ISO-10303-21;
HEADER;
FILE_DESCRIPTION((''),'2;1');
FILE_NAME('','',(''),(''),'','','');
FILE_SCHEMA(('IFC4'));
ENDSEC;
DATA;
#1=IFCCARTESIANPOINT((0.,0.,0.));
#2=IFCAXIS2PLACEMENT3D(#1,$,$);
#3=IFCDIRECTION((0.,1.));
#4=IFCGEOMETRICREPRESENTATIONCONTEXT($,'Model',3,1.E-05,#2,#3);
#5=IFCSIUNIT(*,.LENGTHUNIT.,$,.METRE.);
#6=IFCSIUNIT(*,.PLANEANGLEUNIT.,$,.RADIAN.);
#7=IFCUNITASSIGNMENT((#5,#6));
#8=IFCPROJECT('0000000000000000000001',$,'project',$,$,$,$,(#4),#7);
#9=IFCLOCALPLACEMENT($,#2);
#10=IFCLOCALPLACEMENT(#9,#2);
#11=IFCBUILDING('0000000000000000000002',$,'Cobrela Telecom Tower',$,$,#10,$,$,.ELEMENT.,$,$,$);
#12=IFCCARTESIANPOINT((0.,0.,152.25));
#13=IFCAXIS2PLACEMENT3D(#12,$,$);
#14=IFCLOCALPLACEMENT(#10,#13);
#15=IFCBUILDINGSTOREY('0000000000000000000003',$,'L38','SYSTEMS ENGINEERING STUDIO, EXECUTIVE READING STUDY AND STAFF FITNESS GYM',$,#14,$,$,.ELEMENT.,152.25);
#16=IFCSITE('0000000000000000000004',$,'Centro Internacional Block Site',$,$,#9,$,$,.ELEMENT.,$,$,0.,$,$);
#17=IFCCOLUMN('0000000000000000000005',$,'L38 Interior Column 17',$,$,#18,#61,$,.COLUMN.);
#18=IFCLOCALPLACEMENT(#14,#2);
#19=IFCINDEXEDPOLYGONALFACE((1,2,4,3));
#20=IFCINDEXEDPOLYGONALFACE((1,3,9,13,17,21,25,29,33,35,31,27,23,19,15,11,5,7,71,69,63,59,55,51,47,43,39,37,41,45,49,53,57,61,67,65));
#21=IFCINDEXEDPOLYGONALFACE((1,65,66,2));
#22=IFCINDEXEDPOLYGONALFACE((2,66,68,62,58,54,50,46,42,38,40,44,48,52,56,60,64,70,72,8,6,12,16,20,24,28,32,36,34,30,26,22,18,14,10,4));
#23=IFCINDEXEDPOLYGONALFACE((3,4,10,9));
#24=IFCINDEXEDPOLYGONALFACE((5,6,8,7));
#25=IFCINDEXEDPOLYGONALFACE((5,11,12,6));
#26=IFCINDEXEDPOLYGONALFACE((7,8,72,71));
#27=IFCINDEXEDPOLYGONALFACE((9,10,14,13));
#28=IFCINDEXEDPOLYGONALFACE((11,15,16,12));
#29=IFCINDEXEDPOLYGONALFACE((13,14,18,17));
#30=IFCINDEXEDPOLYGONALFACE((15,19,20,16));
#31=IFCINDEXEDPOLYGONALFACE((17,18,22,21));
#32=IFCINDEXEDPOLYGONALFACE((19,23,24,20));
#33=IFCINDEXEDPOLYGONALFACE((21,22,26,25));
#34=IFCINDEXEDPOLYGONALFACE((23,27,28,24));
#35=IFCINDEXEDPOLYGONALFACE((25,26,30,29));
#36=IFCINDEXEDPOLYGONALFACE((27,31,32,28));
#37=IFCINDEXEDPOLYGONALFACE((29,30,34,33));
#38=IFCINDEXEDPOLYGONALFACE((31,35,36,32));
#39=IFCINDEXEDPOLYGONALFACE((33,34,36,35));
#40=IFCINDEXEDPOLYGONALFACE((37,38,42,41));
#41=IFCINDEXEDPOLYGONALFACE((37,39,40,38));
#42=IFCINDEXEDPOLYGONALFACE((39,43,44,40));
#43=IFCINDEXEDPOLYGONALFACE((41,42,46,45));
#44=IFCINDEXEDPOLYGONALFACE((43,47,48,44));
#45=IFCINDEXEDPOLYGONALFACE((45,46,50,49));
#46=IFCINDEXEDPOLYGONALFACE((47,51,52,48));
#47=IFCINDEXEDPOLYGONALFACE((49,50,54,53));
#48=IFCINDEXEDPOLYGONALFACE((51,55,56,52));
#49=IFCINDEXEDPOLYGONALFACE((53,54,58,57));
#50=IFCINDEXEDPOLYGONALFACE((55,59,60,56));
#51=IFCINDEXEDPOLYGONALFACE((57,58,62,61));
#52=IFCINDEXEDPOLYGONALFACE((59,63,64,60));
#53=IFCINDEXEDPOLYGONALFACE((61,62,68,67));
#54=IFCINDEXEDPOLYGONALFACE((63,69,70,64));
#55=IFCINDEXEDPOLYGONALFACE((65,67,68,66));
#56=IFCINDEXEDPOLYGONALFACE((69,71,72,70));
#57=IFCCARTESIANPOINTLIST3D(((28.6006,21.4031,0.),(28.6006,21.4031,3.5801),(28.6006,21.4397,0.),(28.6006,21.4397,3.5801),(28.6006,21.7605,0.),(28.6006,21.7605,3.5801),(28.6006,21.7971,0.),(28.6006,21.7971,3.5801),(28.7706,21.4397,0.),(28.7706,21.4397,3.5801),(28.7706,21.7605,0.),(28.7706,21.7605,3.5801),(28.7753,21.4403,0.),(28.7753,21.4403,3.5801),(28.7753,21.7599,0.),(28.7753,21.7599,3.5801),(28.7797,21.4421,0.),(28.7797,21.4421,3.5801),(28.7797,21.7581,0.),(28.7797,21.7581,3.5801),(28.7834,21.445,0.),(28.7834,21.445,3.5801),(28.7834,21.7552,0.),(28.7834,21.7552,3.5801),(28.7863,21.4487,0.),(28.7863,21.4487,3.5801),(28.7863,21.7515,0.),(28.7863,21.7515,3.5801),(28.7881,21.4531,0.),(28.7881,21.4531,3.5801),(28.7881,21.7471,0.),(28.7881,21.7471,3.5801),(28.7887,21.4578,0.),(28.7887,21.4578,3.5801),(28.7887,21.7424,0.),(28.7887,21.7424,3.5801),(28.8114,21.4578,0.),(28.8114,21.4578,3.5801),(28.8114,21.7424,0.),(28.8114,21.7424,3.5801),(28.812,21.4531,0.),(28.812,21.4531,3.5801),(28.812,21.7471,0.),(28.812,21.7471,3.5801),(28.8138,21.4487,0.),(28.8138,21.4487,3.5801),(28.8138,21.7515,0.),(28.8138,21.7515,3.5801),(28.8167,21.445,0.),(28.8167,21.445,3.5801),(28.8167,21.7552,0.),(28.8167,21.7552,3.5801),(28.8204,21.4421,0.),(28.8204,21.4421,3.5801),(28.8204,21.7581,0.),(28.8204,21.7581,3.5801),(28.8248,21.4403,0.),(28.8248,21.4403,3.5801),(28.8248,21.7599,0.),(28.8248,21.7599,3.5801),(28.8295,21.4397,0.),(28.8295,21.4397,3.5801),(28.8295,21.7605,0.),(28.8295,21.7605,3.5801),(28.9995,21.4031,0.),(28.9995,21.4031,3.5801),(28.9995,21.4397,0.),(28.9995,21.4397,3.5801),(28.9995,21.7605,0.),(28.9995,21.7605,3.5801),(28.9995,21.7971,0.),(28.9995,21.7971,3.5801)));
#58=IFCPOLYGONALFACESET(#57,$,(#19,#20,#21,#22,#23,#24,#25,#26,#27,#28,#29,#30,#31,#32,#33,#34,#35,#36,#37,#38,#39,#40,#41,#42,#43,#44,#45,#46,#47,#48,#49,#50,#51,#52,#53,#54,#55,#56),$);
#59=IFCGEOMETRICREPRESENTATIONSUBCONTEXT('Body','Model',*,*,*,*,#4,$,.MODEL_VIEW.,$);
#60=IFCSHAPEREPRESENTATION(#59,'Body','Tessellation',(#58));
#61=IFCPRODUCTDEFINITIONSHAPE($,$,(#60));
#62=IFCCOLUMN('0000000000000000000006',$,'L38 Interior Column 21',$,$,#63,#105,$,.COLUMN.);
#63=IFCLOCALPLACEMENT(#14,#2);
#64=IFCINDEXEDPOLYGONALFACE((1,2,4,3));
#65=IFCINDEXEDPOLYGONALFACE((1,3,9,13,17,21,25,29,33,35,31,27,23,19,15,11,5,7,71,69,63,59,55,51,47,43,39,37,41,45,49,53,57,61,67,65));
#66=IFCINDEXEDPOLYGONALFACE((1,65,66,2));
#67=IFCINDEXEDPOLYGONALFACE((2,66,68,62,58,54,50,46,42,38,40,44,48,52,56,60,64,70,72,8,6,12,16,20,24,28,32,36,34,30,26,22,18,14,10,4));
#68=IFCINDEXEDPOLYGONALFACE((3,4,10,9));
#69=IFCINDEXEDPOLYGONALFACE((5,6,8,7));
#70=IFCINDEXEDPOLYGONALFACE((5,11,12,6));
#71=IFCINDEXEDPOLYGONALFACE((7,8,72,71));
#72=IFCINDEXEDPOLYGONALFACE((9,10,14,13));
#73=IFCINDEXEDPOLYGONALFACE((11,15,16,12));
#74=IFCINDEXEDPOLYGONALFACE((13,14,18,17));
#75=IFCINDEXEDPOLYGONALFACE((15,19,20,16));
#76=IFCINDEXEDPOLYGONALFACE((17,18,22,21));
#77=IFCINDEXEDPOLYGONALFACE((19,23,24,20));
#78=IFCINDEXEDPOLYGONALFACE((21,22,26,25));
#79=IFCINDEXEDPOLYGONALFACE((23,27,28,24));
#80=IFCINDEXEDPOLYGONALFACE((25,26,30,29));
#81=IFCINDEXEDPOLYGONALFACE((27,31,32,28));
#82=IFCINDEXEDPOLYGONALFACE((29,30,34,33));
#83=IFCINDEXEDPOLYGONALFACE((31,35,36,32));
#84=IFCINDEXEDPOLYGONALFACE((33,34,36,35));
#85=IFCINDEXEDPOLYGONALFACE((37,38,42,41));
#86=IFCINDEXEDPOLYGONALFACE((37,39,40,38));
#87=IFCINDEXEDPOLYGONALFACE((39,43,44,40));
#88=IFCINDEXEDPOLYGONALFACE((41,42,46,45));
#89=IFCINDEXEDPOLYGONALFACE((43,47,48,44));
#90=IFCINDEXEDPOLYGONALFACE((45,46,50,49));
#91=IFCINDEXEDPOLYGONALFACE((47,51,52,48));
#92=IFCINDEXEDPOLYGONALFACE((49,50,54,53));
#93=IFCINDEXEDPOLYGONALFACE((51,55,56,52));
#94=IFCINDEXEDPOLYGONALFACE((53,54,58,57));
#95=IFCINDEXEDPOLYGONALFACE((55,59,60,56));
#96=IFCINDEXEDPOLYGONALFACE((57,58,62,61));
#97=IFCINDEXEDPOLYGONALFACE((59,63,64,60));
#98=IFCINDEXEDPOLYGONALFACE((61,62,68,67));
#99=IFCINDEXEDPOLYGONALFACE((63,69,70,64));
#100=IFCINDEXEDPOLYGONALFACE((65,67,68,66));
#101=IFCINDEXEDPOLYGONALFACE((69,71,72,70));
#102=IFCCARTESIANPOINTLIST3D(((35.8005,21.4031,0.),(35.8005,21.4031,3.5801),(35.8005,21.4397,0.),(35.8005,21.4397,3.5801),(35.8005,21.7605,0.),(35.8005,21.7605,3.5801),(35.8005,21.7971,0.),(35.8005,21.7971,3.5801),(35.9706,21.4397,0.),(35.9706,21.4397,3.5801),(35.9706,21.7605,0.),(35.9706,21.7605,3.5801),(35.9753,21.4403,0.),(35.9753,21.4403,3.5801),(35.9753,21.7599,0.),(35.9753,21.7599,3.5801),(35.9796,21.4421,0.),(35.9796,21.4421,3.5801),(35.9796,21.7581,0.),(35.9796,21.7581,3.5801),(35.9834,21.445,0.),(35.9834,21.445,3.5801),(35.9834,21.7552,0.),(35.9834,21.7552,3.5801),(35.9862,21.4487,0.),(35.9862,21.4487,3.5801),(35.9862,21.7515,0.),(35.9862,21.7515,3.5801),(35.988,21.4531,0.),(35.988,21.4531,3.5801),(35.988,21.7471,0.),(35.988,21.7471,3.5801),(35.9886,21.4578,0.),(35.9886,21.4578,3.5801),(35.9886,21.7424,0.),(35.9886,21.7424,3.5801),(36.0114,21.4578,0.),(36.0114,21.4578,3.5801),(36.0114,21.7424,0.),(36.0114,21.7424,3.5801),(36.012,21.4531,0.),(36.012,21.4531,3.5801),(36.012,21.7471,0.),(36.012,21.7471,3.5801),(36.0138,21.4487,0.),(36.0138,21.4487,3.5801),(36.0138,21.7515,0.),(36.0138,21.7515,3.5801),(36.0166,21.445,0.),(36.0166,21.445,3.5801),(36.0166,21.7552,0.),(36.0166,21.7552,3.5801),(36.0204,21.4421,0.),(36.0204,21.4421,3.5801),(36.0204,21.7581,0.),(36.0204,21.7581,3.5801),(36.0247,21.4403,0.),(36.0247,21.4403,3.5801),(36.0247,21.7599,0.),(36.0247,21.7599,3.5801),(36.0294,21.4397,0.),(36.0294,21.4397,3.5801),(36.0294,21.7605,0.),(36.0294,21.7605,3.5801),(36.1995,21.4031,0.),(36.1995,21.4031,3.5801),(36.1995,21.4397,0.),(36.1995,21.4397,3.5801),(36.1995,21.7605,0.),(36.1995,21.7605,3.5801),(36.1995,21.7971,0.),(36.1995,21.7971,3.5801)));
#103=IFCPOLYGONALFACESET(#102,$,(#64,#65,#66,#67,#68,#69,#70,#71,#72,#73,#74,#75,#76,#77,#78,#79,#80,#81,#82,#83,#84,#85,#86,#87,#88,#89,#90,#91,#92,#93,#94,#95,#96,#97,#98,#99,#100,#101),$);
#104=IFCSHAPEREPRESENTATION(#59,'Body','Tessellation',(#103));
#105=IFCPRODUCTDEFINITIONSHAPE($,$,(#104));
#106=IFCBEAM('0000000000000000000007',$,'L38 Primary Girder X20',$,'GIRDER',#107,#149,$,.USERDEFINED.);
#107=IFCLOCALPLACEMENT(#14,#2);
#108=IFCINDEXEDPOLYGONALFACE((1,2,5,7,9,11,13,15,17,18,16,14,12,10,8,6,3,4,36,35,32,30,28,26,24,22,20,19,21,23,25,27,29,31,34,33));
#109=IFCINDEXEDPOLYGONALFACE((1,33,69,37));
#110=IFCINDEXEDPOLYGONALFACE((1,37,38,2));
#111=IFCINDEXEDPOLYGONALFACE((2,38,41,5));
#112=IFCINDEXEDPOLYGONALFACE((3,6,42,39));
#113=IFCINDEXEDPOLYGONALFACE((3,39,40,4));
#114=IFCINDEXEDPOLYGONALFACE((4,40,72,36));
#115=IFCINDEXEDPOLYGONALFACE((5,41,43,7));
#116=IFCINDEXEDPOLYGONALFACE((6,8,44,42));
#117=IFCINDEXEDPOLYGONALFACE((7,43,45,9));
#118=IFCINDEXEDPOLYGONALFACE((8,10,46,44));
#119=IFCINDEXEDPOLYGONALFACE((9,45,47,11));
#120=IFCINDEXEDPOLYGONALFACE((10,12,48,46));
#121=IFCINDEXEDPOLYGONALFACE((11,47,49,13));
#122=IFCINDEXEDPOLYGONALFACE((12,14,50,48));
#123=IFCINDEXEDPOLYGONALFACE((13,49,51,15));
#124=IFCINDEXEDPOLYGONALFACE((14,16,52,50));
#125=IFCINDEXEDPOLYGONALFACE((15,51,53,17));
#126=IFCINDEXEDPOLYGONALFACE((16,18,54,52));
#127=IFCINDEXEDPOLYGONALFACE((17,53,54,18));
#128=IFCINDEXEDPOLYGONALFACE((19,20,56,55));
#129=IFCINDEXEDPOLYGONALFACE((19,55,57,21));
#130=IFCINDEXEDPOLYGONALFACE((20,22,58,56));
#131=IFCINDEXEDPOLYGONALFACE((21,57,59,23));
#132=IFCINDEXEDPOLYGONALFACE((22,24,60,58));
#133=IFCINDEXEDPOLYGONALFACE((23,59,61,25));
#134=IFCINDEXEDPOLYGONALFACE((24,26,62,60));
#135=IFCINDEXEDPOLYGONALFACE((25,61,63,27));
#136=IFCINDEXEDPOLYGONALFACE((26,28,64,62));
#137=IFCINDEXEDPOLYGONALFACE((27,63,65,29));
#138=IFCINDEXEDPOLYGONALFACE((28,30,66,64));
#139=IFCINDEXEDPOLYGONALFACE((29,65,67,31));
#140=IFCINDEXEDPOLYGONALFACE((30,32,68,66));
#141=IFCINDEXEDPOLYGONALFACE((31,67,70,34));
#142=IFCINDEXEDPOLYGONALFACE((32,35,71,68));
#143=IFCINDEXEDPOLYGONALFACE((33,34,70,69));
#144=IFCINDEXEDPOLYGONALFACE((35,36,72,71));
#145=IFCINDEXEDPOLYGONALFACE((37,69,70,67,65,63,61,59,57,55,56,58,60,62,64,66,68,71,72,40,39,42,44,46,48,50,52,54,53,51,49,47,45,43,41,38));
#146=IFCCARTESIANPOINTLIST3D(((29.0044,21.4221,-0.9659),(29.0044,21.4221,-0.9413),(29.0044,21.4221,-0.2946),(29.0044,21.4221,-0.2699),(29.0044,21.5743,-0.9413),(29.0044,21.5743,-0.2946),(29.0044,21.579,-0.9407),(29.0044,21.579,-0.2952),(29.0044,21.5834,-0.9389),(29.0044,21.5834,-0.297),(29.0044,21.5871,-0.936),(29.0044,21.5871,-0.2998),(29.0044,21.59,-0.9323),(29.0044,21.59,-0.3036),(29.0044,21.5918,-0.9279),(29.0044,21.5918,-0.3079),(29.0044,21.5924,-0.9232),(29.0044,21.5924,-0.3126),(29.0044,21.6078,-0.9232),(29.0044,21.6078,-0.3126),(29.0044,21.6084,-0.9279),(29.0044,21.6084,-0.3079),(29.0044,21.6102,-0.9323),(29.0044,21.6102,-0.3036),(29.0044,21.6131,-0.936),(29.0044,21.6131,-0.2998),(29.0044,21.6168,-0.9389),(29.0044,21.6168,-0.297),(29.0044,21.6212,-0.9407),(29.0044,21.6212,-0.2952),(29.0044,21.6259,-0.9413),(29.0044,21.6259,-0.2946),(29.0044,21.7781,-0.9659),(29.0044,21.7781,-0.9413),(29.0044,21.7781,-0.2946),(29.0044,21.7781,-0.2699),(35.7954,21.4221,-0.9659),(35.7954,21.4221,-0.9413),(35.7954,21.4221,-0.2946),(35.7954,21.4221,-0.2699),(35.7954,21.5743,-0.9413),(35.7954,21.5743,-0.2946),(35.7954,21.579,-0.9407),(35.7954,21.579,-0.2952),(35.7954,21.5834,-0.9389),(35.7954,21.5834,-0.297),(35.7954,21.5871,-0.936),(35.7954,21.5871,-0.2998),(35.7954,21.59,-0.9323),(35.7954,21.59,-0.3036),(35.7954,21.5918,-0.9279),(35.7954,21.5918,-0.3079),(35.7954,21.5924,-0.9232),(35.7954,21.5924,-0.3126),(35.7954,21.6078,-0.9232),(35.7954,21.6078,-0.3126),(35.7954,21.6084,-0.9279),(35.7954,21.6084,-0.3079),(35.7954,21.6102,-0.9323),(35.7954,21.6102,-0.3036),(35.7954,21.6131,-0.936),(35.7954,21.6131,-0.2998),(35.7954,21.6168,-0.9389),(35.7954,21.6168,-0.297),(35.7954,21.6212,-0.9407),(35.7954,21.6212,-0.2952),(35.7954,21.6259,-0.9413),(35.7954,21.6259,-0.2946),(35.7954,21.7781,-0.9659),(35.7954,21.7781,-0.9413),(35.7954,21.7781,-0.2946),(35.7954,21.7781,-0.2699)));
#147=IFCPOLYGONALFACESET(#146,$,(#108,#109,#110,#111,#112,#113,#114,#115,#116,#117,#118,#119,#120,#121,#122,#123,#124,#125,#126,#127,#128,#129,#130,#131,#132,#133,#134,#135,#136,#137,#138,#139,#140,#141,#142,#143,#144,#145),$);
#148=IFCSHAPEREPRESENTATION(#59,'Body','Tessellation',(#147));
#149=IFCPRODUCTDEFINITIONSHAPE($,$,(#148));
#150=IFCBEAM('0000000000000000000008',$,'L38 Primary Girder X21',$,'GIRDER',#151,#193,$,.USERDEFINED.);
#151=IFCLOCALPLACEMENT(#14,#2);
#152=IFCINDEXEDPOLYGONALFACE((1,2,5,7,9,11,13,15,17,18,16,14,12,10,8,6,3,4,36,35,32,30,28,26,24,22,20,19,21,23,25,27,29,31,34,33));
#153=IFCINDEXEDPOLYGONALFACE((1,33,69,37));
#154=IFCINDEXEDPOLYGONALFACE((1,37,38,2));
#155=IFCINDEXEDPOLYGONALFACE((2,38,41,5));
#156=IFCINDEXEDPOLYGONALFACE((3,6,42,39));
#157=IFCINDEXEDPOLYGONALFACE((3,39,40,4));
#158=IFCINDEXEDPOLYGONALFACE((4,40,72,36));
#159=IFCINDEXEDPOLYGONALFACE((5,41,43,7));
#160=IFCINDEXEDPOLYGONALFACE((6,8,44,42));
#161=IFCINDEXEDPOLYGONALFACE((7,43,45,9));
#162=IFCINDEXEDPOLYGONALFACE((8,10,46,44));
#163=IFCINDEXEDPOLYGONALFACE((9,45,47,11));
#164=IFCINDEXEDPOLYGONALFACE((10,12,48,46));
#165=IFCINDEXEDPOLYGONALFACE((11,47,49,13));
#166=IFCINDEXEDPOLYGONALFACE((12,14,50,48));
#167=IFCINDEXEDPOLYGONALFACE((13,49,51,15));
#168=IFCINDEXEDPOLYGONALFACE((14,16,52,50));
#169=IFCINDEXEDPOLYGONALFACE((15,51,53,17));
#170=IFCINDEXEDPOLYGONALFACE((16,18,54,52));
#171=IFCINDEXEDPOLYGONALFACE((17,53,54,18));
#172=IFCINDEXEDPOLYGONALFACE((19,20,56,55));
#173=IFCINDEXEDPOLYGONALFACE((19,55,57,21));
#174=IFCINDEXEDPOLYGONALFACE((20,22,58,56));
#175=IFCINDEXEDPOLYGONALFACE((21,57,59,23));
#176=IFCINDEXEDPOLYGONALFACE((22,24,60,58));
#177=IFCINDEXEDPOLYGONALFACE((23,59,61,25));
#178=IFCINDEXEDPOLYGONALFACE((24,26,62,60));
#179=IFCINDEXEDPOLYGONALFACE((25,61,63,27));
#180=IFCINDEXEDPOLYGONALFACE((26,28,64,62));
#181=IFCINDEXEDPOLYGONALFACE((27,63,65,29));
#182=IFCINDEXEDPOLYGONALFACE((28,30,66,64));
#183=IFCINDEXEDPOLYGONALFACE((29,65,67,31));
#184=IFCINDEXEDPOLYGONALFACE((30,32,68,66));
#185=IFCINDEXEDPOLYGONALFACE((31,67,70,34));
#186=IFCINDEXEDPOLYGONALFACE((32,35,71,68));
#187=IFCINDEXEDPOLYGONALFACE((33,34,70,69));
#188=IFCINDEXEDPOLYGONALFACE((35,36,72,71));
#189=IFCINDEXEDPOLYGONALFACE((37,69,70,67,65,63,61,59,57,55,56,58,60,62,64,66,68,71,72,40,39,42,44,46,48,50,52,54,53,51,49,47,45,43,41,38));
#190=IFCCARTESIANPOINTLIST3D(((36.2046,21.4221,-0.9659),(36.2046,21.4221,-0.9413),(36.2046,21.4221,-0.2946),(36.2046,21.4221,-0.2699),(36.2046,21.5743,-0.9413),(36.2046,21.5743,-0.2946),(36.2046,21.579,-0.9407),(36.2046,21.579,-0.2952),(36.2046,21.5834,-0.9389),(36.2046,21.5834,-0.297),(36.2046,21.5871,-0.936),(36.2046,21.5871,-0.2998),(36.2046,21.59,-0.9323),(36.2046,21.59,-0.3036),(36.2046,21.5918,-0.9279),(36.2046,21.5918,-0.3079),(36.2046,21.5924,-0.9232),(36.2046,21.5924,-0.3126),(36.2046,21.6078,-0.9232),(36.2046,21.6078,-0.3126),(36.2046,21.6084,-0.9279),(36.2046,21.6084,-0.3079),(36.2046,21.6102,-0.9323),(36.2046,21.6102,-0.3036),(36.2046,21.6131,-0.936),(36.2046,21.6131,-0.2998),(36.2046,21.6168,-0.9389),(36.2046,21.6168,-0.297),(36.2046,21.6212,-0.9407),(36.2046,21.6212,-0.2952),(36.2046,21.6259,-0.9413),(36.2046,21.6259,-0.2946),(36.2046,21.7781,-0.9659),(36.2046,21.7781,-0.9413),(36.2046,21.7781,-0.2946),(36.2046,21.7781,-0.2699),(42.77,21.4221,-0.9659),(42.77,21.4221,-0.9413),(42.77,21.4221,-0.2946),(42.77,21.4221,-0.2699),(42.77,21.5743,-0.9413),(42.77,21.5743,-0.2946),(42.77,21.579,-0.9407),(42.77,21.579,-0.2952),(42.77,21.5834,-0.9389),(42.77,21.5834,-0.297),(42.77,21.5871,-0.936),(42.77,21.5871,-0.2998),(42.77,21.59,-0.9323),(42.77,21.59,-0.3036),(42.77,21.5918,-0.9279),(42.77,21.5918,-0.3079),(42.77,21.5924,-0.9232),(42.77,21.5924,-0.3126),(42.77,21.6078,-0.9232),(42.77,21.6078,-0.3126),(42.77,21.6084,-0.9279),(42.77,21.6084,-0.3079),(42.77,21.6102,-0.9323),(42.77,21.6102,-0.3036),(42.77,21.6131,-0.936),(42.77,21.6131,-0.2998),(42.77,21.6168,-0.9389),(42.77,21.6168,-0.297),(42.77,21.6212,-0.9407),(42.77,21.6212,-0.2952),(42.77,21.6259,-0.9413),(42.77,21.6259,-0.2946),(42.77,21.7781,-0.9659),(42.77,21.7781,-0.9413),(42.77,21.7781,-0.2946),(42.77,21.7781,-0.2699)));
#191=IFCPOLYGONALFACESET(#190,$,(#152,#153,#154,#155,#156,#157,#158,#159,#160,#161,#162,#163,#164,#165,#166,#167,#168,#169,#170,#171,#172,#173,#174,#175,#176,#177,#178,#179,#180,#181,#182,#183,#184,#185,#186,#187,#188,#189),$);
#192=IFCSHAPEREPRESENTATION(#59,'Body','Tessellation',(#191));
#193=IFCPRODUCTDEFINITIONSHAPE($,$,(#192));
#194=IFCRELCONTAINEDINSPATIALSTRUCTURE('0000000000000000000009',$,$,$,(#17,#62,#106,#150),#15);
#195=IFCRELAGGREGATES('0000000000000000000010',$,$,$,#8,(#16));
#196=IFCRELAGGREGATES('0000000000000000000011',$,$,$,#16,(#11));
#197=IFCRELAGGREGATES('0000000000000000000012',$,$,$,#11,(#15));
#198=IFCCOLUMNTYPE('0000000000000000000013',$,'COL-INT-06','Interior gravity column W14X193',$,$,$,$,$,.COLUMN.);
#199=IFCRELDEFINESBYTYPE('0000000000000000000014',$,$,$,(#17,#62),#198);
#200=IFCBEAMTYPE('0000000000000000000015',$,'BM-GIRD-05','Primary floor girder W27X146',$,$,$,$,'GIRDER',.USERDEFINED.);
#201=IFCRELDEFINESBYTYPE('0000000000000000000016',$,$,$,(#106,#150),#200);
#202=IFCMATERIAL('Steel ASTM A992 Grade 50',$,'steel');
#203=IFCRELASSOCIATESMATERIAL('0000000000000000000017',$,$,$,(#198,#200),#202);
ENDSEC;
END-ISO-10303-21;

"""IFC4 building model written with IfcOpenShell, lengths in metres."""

from ifc_helpers import new_model, si_unit, direction, frame, origin, origin_2d, place, context, subcontext, project, spatial, i_section, extrude, material, material_profile, profile_set, type_object, element, save


model = new_model("IFC4")

# Units and contexts
model_context = context("Model", 3, precision=1e-05, world=origin(), true_north=direction((0.0, 1.0)))
body_context = subcontext(model_context, "Body", "Model", "MODEL_VIEW")
ifc_project = project(units=[si_unit("LENGTHUNIT", "METRE"), si_unit("PLANEANGLEUNIT", "RADIAN")], contexts=[model_context])

# Site, building, storey
site_placement = place(None, origin())
site = spatial("IfcSite", under=ifc_project, at=site_placement, Name="Centro Internacional Block Site", CompositionType="ELEMENT", RefElevation=0.0)
building_placement = place(site_placement, origin())
building = spatial("IfcBuilding", under=site, at=building_placement, Name="Cobrela Telecom Tower", CompositionType="ELEMENT")
storey_placement = place(building_placement, frame((0.0, 0.0, 152.25)))
storey = spatial("IfcBuildingStorey", under=building, at=storey_placement, Name="L38", Description="SYSTEMS ENGINEERING STUDIO, EXECUTIVE READING STUDY AND STAFF FITNESS GYM", CompositionType="ELEMENT", Elevation=152.25)

# Columns
ifc_material_1 = material(Name="Steel ASTM A992 Grade 50", Category="steel")
ifc_material_profile_1 = material_profile(ifc_material_1, i_section(OverallWidth=0.3989, OverallDepth=0.394, WebThickness=0.0227, FlangeThickness=0.0366, FilletRadius=0.0181, at=origin_2d()), Name="W14X193")
ifc_profile_set_1 = profile_set([ifc_material_profile_1], Name="Steel ASTM A992 Grade 50")
column_type = type_object("IfcColumnType", Name="COL-INT-06", Description="Interior gravity column W14X193", PredefinedType="COLUMN", material=ifc_profile_set_1)
for number, where, z_axis, x_axis, name in (
    (1, (28.8, 21.6001, 0.0), (0.0, 0.0, 1.0), (1.0, 0.0, 0.0), "L38 Interior Column 17"),
    (2, (36.0, 21.6001, 0.0), (0.0, 0.0, 1.0), (1.0, 0.0, 0.0), "L38 Interior Column 21"),
):
    element("IfcColumn", number, at=place(storey_placement, frame(where, z_axis=z_axis, x_axis=x_axis)), inside=storey, type_object=column_type, Name=name, PredefinedType="COLUMN", context=body_context, shape_type="SweptSolid", body=[
        extrude(i_section(OverallWidth=0.3989, OverallDepth=0.394, WebThickness=0.0227, FlangeThickness=0.0366, FilletRadius=0.0181, at=origin_2d()), origin(), (0.0, 0.0, 1.0), 3.5801),
    ])

# Beams
ifc_material_profile_2 = material_profile(ifc_material_1, i_section(OverallWidth=0.356, OverallDepth=0.696, WebThickness=0.0154, FlangeThickness=0.0247, FilletRadius=0.0181, at=origin_2d()), Name="W27X146")
ifc_profile_set_2 = profile_set([ifc_material_profile_2], Name="Steel ASTM A992 Grade 50")
beam_type_1 = type_object("IfcBeamType", Name="BM-GIRD-05", Description="Primary floor girder W27X146", ElementType="GIRDER", PredefinedType="USERDEFINED", material=ifc_profile_set_2)
beam_1_placement = place(storey_placement, frame((29.0044, 21.6001, -0.6179), z_axis=(1.0, 0.0, 0.0), x_axis=(0.0, 1.0, 0.0)))
element("IfcBeam", 3, at=beam_1_placement, inside=storey, type_object=beam_type_1, Name="L38 Primary Girder X20", ObjectType="GIRDER", PredefinedType="USERDEFINED", context=body_context, shape_type="SweptSolid", body=[
    extrude(i_section(OverallWidth=0.356, OverallDepth=0.696, WebThickness=0.0154, FlangeThickness=0.0247, FilletRadius=0.0181, at=origin_2d()), origin(), (0.0, 0.0, 1.0), 6.791),
])
beam_2_placement = place(storey_placement, frame((36.2046, 21.6001, -0.6179), z_axis=(1.0, 0.0, 0.0), x_axis=(0.0, 1.0, 0.0)))
element("IfcBeam", 4, at=beam_2_placement, inside=storey, type_object=beam_type_1, Name="L38 Primary Girder X21", ObjectType="GIRDER", PredefinedType="USERDEFINED", context=body_context, shape_type="SweptSolid", body=[
    extrude(i_section(OverallWidth=0.356, OverallDepth=0.696, WebThickness=0.0154, FlangeThickness=0.0247, FilletRadius=0.0181, at=origin_2d()), origin(), (0.0, 0.0, 1.0), 6.5654),
])

save(model, "model.ifc")
